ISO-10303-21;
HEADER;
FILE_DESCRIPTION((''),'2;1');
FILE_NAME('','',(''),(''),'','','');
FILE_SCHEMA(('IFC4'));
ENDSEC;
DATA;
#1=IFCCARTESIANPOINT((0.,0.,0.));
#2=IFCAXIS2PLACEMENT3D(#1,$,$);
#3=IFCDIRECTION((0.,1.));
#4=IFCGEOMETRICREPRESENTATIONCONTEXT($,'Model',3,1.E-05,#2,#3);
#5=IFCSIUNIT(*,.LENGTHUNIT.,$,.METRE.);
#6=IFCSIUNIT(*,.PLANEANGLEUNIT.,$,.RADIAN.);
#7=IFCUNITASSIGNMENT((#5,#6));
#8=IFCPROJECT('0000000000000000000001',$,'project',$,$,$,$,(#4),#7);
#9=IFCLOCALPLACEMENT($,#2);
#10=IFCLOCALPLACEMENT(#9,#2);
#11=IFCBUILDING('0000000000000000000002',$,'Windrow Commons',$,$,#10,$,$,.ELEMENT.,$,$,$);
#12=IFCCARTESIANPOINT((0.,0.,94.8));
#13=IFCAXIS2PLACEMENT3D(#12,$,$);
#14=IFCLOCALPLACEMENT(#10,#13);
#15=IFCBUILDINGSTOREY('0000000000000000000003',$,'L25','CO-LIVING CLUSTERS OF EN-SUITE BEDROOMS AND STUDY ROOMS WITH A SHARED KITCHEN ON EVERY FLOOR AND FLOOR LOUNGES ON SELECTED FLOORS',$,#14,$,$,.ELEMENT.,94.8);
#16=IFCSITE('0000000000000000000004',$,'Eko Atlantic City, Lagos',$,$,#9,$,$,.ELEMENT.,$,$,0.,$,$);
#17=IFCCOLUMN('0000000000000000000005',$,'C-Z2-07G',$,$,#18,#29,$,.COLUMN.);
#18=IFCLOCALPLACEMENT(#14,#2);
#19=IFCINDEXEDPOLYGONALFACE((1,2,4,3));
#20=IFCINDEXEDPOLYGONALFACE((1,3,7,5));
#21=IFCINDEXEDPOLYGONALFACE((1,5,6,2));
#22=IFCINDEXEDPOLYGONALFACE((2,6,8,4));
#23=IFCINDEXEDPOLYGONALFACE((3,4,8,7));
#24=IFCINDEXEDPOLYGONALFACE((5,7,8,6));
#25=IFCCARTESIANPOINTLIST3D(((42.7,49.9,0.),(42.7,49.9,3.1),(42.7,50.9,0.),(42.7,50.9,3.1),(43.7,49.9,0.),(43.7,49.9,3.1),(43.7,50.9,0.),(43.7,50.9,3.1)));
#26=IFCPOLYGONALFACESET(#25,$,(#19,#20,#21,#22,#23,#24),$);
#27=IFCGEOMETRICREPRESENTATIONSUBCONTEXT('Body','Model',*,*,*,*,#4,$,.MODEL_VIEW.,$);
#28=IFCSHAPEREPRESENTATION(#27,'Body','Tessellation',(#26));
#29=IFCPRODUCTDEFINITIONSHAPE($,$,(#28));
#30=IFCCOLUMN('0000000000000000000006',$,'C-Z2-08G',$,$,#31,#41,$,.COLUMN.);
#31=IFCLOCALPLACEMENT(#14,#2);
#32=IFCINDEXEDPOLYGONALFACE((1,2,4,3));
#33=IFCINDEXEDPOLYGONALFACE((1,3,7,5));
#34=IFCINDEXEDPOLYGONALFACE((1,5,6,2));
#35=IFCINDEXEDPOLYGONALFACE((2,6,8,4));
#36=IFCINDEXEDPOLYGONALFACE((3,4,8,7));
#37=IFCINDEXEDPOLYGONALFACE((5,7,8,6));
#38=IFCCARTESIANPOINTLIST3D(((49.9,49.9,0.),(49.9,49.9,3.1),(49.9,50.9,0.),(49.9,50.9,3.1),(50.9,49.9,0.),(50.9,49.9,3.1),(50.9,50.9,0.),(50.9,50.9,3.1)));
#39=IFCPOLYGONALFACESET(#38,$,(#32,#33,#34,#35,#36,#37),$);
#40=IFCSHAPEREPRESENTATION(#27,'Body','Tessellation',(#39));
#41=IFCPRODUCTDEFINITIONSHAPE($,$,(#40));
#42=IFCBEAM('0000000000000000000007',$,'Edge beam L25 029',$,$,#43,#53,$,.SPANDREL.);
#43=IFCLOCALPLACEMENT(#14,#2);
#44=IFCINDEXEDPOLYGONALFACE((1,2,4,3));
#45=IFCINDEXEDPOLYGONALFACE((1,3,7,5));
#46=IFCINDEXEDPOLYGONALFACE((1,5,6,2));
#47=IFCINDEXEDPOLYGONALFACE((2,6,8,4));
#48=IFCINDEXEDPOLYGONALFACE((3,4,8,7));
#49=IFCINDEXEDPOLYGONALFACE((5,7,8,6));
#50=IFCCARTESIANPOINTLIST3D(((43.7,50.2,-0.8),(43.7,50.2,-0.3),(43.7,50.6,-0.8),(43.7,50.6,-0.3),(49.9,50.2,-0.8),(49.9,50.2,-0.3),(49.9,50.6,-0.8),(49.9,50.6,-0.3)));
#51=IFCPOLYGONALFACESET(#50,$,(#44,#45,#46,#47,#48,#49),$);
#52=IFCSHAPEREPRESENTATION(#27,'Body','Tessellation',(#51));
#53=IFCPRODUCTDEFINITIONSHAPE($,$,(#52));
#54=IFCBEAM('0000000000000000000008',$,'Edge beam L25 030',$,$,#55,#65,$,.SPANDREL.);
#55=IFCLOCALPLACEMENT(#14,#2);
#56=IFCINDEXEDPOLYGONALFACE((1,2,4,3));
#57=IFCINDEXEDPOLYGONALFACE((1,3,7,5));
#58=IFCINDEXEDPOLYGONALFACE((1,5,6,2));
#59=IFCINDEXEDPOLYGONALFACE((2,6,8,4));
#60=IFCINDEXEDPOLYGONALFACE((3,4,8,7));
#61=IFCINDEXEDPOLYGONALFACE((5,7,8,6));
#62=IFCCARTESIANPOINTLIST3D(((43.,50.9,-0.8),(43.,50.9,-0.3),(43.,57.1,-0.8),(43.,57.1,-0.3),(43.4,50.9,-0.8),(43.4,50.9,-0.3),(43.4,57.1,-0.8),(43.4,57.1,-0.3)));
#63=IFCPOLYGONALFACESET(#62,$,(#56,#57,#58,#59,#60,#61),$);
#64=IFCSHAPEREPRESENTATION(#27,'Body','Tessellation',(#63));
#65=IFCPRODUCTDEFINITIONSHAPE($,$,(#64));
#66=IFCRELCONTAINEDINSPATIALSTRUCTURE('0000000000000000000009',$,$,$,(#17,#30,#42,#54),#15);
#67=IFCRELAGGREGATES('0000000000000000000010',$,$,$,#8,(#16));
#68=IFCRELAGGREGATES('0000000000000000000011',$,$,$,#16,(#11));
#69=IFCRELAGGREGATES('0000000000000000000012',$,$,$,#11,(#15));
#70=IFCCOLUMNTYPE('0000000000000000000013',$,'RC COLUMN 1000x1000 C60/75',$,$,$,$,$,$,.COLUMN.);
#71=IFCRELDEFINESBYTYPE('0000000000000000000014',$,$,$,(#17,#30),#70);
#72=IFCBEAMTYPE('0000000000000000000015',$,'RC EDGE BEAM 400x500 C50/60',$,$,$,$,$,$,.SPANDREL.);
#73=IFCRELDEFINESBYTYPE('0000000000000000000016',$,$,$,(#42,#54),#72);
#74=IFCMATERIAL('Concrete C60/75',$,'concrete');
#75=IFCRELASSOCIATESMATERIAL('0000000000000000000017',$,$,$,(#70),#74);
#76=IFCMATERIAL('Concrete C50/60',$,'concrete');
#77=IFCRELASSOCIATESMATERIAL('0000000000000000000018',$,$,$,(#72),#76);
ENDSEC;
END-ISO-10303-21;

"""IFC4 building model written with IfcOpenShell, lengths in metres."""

from ifc_helpers import new_model, si_unit, direction, frame, origin, origin_2d, place, context, subcontext, project, spatial, rectangle, extrude, material, material_profile, profile_set, type_object, element, save


model = new_model("IFC4")

# Units and contexts
model_context = context("Model", 3, precision=1e-05, world=origin(), true_north=direction((0.0, 1.0)))
body_context = subcontext(model_context, "Body", "Model", "MODEL_VIEW")
ifc_project = project(units=[si_unit("LENGTHUNIT", "METRE"), si_unit("PLANEANGLEUNIT", "RADIAN")], contexts=[model_context])

# Site, building, storey
site_placement = place(None, origin())
site = spatial("IfcSite", under=ifc_project, at=site_placement, Name="Eko Atlantic City, Lagos", CompositionType="ELEMENT", RefElevation=0.0)
building_placement = place(site_placement, origin())
building = spatial("IfcBuilding", under=site, at=building_placement, Name="Windrow Commons", CompositionType="ELEMENT")
storey_placement = place(building_placement, frame((0.0, 0.0, 94.8)))
storey = spatial("IfcBuildingStorey", under=building, at=storey_placement, Name="L25", Description="CO-LIVING CLUSTERS OF EN-SUITE BEDROOMS AND STUDY ROOMS WITH A SHARED KITCHEN ON EVERY FLOOR AND FLOOR LOUNGES ON SELECTED FLOORS", CompositionType="ELEMENT", Elevation=94.8)

# Columns
ifc_material_1 = material(Name="Concrete C60/75", Category="concrete")
ifc_material_profile_1 = material_profile(ifc_material_1, rectangle(XDim=1.0, YDim=1.0, at=origin_2d()))
ifc_profile_set_1 = profile_set([ifc_material_profile_1], Name="Concrete C60/75")
column_type = type_object("IfcColumnType", Name="RC COLUMN 1000x1000 C60/75", PredefinedType="COLUMN", material=ifc_profile_set_1)
for number, where, z_axis, x_axis, name in (
    (1, (43.2, 50.4, 0.0), (0.0, 0.0, 1.0), (1.0, 0.0, 0.0), "C-Z2-07G"),
    (2, (50.4, 50.4, 0.0), (0.0, 0.0, 1.0), (1.0, 0.0, 0.0), "C-Z2-08G"),
):
    element("IfcColumn", number, at=place(storey_placement, frame(where, z_axis=z_axis, x_axis=x_axis)), inside=storey, type_object=column_type, Name=name, PredefinedType="COLUMN", context=body_context, shape_type="SweptSolid", body=[
        extrude(rectangle(XDim=1.0, YDim=1.0, at=origin_2d()), origin(), (0.0, 0.0, 1.0), 3.1),
    ])

# Beams
ifc_material_2 = material(Name="Concrete C50/60", Category="concrete")
ifc_material_profile_2 = material_profile(ifc_material_2, rectangle(XDim=0.4, YDim=0.5, at=origin_2d()))
ifc_profile_set_2 = profile_set([ifc_material_profile_2], Name="Concrete C50/60")
beam_type = type_object("IfcBeamType", Name="RC EDGE BEAM 400x500 C50/60", PredefinedType="SPANDREL", material=ifc_profile_set_2)
for number, where, z_axis, x_axis, name in (
    (3, (49.9, 50.4, -0.55), (-1.0, 0.0, 0.0), (0.0, -1.0, 0.0), "Edge beam L25 029"),
    (4, (43.2, 50.9, -0.55), (0.0, 1.0, 0.0), (-1.0, 0.0, 0.0), "Edge beam L25 030"),
):
    element("IfcBeam", number, at=place(storey_placement, frame(where, z_axis=z_axis, x_axis=x_axis)), inside=storey, type_object=beam_type, Name=name, PredefinedType="SPANDREL", context=body_context, shape_type="SweptSolid", body=[
        extrude(rectangle(XDim=0.4, YDim=0.5, at=origin_2d()), origin(), (0.0, 0.0, 1.0), 6.2),
    ])

save(model, "model.ifc")
